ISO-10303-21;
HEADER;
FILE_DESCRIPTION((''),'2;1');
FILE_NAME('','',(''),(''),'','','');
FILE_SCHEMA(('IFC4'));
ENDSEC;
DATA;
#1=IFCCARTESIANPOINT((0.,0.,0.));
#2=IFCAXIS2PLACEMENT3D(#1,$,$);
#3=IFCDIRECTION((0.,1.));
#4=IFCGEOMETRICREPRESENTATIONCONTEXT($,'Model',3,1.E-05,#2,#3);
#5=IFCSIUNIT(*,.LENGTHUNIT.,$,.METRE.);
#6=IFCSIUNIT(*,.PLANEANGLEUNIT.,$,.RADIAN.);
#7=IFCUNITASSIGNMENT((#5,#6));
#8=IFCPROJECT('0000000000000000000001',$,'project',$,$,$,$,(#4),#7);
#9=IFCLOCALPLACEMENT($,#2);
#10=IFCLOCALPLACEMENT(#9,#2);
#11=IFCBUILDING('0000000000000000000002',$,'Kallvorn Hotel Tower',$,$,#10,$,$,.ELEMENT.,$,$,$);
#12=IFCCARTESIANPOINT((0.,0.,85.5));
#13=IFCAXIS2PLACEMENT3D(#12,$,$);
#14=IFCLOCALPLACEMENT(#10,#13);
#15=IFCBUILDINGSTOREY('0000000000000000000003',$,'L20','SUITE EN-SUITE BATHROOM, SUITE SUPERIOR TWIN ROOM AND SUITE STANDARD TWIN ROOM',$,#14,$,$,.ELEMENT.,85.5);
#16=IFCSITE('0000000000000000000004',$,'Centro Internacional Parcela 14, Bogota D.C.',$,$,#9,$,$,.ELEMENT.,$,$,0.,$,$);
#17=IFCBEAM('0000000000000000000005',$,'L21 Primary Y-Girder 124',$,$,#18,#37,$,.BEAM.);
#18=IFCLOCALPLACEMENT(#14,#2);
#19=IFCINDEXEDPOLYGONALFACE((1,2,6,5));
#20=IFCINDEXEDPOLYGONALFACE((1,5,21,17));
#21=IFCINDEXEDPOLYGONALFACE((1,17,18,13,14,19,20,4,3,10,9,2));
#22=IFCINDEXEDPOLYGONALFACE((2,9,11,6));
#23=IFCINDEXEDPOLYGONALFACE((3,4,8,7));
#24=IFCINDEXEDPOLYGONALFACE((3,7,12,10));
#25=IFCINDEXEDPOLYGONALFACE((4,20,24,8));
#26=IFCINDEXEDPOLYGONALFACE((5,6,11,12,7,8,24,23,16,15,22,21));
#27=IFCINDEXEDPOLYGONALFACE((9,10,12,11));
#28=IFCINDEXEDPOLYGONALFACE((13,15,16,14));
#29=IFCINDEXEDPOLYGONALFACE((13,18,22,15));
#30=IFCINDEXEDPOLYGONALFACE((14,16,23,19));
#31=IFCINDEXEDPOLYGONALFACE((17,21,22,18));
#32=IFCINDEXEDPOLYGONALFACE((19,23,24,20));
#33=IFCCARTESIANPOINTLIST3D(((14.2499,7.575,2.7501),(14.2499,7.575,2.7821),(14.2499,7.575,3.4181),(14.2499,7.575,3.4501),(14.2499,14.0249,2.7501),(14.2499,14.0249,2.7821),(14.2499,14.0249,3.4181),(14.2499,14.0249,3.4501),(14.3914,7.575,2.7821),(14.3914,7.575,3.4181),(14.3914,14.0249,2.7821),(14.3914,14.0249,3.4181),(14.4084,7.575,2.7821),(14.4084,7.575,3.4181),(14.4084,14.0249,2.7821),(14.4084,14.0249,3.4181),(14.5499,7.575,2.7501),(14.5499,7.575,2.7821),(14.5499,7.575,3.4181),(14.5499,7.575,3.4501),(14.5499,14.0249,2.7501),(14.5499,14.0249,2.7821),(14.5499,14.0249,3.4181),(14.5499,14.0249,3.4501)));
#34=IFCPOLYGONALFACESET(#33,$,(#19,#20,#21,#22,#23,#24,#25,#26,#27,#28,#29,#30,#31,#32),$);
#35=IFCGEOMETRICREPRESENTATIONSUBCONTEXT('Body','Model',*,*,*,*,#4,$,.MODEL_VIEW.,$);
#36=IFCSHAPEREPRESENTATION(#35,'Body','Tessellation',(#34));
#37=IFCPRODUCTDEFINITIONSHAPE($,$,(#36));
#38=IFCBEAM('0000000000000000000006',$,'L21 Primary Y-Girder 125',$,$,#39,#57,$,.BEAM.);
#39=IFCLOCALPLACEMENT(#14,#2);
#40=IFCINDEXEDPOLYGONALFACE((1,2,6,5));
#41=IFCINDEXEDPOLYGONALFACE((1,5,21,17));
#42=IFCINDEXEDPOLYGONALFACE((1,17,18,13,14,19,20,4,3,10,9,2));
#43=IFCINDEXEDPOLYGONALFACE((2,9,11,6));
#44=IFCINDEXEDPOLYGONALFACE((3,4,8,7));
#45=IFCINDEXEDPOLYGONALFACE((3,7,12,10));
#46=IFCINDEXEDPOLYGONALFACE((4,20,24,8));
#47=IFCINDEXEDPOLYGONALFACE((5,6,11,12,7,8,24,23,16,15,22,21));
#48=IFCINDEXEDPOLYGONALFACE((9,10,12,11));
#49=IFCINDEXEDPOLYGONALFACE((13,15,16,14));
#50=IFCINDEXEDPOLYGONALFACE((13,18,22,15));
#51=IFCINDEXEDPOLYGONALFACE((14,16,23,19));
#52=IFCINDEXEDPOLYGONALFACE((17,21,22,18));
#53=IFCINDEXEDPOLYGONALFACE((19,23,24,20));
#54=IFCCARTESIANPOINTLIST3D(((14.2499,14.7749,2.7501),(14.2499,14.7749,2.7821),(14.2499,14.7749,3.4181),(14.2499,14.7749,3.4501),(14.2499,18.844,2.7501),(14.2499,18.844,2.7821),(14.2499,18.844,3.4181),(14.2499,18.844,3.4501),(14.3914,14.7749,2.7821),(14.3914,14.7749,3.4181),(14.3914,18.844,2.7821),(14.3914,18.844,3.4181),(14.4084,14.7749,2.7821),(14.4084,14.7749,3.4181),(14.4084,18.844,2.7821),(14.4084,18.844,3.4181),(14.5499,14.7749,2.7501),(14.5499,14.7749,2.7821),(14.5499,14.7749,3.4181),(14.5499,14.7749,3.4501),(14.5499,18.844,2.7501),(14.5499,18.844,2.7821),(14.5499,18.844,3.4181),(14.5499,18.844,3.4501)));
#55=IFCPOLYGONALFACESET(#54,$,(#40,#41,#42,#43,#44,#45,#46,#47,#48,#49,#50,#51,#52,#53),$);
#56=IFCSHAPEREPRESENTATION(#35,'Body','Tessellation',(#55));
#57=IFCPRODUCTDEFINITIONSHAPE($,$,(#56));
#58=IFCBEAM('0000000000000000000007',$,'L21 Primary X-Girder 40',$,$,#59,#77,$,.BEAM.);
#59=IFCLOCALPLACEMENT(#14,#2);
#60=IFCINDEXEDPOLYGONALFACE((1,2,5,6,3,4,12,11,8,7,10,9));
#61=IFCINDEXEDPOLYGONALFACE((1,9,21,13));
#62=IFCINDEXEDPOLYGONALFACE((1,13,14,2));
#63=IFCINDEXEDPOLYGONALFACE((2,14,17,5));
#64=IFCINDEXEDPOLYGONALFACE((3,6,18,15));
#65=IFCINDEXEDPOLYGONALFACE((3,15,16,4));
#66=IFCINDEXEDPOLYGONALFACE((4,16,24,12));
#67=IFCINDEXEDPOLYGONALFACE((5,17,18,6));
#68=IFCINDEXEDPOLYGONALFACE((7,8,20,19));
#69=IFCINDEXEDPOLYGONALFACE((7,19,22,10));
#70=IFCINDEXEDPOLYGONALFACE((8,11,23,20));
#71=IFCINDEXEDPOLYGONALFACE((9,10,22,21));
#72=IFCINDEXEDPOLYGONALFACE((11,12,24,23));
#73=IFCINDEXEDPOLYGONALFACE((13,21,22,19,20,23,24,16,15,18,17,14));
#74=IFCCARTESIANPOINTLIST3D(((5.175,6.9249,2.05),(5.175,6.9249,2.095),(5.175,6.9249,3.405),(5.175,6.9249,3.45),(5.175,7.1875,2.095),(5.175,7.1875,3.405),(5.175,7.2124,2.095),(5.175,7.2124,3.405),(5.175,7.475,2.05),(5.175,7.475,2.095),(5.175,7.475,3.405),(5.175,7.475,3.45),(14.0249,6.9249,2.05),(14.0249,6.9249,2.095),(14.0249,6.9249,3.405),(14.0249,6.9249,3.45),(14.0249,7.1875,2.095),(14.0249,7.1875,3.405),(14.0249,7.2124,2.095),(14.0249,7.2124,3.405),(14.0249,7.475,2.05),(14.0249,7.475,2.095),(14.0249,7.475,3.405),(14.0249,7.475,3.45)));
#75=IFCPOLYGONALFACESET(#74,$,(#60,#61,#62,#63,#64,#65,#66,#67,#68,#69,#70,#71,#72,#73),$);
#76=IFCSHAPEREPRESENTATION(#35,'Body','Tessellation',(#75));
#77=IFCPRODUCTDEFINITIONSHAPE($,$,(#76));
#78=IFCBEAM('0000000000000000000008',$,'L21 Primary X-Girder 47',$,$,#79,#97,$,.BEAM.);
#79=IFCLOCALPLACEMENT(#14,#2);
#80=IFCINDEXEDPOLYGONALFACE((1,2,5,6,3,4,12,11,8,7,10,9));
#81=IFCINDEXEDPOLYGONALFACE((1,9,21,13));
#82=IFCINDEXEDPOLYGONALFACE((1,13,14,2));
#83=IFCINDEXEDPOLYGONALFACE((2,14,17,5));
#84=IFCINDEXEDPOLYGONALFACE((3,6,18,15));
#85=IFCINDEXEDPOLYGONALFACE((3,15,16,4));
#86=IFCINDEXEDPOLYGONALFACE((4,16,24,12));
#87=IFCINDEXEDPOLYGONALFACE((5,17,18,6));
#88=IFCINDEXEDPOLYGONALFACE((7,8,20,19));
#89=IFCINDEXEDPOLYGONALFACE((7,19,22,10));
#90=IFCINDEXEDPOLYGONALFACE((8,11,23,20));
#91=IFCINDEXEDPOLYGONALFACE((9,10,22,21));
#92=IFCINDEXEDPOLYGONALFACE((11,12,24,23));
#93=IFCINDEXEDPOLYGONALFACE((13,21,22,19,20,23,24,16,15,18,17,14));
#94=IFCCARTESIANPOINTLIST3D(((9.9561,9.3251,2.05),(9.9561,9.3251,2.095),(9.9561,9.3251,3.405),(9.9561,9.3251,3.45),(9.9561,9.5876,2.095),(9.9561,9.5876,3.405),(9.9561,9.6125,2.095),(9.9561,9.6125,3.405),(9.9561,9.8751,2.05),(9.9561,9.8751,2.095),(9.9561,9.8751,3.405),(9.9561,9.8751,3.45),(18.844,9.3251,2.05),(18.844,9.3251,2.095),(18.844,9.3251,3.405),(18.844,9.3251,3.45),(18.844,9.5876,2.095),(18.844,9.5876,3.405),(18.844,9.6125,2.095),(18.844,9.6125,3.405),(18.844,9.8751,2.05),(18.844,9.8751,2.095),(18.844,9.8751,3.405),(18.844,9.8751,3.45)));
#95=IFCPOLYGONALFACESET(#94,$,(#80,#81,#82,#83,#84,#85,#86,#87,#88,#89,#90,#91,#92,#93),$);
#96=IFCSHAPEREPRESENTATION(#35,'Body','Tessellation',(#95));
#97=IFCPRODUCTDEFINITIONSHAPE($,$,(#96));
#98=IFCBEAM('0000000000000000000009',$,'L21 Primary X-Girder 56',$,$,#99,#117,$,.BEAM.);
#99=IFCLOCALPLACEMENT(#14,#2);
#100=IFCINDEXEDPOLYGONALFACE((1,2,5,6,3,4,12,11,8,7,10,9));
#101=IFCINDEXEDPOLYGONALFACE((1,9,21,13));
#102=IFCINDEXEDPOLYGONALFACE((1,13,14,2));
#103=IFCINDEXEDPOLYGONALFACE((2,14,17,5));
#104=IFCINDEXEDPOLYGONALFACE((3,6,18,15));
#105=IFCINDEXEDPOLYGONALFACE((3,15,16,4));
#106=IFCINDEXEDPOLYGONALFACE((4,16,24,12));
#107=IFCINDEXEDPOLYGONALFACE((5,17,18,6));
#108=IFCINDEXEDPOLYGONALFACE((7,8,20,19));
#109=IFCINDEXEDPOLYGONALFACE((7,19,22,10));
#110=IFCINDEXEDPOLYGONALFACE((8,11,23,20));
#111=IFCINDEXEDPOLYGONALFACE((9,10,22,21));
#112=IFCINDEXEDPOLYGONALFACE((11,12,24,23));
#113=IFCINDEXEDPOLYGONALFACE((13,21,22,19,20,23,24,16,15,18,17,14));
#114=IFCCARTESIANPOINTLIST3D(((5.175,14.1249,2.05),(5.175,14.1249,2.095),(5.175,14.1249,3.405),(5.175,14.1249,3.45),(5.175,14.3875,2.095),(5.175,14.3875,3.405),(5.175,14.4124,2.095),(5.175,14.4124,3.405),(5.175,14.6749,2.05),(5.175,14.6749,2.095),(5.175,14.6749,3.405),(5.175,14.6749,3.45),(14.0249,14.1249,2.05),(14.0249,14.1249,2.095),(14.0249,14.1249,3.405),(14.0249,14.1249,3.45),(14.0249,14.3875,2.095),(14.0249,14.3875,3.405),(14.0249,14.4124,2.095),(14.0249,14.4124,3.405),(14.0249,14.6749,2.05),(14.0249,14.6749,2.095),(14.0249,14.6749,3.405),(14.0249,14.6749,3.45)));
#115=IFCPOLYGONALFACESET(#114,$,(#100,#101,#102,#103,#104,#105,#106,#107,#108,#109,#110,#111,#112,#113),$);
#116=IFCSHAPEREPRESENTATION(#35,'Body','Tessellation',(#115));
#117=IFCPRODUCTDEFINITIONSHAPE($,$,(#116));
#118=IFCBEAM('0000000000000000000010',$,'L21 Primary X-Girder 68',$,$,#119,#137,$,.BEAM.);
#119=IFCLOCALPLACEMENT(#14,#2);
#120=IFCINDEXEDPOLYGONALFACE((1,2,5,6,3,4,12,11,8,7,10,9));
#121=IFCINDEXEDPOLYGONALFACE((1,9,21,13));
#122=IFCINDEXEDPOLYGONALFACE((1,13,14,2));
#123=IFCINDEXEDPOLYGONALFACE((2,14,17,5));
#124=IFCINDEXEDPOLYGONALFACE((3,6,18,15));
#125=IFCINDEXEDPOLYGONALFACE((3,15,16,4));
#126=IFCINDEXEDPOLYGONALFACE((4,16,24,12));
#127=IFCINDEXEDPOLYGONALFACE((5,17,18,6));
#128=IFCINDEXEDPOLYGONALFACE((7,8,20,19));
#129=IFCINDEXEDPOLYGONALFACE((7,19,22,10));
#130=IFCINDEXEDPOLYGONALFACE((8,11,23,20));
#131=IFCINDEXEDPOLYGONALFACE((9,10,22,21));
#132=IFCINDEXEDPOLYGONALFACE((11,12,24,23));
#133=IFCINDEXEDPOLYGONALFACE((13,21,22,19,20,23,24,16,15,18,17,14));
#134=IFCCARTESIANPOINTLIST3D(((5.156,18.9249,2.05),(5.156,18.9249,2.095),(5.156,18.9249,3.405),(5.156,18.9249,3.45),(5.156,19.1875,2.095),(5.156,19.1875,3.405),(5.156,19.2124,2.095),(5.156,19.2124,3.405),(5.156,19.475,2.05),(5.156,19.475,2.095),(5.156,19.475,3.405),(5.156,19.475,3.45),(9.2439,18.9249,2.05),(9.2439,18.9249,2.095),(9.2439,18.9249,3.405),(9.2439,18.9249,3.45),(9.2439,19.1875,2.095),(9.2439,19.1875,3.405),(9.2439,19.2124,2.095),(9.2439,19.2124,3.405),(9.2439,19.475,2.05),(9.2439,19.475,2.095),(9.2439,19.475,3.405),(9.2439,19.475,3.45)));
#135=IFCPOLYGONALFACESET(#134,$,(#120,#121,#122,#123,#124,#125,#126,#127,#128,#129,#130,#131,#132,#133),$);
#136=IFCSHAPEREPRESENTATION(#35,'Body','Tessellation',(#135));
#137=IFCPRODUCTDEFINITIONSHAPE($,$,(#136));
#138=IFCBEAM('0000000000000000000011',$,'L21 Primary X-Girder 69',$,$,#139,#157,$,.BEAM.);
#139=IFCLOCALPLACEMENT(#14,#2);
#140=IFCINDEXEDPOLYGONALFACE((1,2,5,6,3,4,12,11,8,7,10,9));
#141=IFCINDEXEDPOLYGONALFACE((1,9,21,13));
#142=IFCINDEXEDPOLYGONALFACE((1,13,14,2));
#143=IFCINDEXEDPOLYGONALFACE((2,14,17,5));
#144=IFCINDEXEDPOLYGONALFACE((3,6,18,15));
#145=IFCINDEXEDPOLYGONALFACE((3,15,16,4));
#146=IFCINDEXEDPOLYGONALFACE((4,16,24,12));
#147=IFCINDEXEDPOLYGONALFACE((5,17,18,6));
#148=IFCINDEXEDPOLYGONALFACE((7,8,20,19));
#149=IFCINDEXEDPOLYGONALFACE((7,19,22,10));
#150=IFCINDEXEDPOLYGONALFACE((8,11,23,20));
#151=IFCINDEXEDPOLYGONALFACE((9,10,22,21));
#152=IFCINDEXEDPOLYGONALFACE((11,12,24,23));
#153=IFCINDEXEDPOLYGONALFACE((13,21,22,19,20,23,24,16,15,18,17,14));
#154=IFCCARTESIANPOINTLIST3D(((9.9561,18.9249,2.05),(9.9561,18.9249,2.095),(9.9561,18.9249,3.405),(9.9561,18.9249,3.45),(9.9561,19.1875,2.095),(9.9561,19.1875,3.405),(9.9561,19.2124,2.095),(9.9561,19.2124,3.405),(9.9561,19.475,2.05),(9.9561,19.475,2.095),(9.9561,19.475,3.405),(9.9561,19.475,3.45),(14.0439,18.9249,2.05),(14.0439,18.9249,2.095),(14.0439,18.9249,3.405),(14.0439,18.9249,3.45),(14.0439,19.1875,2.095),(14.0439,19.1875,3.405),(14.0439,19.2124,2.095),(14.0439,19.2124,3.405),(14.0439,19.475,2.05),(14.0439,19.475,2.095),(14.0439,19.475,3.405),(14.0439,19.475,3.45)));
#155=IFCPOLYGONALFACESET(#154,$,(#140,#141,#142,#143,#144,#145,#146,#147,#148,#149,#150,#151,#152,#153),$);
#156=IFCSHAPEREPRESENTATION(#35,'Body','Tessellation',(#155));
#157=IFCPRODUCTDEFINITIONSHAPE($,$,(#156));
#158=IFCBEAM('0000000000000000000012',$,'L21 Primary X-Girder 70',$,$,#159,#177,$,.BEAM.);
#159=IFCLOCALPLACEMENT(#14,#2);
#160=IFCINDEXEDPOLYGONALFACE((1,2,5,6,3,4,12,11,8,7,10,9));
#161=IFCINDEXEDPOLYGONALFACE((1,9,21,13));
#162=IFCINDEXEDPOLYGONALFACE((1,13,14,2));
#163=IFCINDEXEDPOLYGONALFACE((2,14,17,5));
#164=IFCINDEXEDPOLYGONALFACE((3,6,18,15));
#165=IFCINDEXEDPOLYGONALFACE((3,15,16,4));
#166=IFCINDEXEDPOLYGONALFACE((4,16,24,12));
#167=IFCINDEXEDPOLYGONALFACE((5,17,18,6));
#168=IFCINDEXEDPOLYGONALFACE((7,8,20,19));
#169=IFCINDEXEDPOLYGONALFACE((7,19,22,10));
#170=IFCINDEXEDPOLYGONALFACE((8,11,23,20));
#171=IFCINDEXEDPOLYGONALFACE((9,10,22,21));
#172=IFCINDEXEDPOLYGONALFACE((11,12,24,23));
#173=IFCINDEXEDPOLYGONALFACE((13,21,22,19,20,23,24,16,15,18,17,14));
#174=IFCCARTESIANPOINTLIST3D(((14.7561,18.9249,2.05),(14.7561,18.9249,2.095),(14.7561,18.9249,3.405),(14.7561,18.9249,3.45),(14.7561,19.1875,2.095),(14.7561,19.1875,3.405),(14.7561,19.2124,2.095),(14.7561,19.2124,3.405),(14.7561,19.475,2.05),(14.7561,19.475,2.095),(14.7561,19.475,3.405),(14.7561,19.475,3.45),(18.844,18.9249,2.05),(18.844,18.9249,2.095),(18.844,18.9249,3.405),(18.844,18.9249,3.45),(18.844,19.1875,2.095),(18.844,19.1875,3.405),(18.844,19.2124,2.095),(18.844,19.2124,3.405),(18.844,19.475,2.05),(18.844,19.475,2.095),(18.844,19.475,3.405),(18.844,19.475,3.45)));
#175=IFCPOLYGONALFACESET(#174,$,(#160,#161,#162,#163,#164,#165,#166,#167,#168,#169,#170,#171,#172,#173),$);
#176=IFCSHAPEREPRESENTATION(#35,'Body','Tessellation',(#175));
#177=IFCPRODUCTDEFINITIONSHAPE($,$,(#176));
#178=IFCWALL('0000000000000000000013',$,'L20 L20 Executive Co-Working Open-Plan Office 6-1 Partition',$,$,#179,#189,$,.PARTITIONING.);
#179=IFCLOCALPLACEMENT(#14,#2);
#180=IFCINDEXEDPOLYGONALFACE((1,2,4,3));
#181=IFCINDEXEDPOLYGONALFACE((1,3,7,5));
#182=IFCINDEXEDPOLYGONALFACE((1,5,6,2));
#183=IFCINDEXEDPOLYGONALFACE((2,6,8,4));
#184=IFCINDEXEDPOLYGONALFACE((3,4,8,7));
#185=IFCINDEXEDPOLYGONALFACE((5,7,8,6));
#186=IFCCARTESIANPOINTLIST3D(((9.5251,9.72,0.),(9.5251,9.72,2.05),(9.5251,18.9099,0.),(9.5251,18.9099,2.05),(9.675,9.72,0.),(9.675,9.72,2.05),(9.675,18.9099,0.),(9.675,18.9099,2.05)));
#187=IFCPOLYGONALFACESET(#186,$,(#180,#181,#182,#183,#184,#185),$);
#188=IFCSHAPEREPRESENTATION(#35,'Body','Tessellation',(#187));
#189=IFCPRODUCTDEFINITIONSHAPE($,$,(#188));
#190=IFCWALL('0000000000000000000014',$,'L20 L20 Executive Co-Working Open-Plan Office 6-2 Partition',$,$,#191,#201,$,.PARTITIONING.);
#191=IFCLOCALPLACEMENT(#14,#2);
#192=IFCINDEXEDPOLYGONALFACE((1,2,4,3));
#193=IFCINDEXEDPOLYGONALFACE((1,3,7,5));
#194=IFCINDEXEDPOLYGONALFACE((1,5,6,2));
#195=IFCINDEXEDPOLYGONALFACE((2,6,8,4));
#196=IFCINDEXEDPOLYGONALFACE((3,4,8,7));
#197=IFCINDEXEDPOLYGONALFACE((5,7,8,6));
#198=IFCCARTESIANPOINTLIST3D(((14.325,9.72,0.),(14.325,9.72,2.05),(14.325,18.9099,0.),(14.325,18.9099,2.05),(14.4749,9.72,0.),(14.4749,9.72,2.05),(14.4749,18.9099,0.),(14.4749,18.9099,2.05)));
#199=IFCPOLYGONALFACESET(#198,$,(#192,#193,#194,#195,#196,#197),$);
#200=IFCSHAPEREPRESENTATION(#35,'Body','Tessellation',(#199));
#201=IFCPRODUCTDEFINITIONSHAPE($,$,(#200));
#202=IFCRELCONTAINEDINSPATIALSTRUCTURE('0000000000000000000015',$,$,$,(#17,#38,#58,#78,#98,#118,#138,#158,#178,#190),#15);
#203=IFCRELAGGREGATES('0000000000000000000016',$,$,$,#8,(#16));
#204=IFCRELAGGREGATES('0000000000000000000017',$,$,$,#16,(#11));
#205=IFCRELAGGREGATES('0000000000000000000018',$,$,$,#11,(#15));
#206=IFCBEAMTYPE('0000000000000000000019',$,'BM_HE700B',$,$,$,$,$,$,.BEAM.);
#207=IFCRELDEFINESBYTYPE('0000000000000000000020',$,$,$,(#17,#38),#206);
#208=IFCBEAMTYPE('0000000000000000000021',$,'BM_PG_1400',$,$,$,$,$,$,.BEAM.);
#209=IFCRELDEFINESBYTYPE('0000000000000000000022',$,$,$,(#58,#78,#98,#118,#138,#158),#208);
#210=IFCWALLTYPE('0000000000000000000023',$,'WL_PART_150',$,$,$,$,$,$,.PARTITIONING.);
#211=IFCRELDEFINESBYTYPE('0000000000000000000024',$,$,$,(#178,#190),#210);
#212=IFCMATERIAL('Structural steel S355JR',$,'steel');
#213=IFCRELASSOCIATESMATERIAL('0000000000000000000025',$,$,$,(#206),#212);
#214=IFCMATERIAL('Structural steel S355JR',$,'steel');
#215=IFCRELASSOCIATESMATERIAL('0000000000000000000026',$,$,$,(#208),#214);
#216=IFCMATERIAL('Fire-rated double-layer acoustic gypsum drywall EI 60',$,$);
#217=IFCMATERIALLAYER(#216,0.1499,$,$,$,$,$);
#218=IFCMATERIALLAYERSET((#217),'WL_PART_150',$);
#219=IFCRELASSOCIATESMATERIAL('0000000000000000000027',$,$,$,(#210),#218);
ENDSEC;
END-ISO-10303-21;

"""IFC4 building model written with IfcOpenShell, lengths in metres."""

from ifc_helpers import new_model, si_unit, direction, frame, frame_2d, origin, origin_2d, place, context, subcontext, project, spatial, rectangle, i_section, extrude, material, layer, layer_set, material_profile, profile_set, type_object, element, save


model = new_model("IFC4")

# Units and contexts
model_context = context("Model", 3, precision=1e-05, world=origin(), true_north=direction((0.0, 1.0)))
body_context = subcontext(model_context, "Body", "Model", "MODEL_VIEW")
ifc_project = project(units=[si_unit("LENGTHUNIT", "METRE"), si_unit("PLANEANGLEUNIT", "RADIAN")], contexts=[model_context])

# Site, building, storey
site_placement = place(None, origin())
site = spatial("IfcSite", under=ifc_project, at=site_placement, Name="Centro Internacional Parcela 14, Bogota D.C.", CompositionType="ELEMENT", RefElevation=0.0)
building_placement = place(site_placement, origin())
building = spatial("IfcBuilding", under=site, at=building_placement, Name="Kallvorn Hotel Tower", CompositionType="ELEMENT")
storey_placement = place(building_placement, frame((0.0, 0.0, 85.5)))
storey = spatial("IfcBuildingStorey", under=building, at=storey_placement, Name="L20", Description="SUITE EN-SUITE BATHROOM, SUITE SUPERIOR TWIN ROOM AND SUITE STANDARD TWIN ROOM", CompositionType="ELEMENT", Elevation=85.5)

# Beams
ifc_material_1 = material(Name="Structural steel S355JR", Category="steel")
ifc_material_profile_1 = material_profile(ifc_material_1, i_section(OverallWidth=0.3, OverallDepth=0.7, WebThickness=0.0171, FlangeThickness=0.032, at=origin_2d()), Name="HE 700 B")
ifc_profile_set_1 = profile_set([ifc_material_profile_1], Name="Structural steel S355JR")
beam_type_1 = type_object("IfcBeamType", Name="BM_HE700B", PredefinedType="BEAM", material=ifc_profile_set_1)
beam_1_placement = place(storey_placement, frame((14.3999, 7.575, 3.1001), z_axis=(0.0, 1.0, 0.0), x_axis=(-1.0, 0.0, 0.0)))
element("IfcBeam", 1, at=beam_1_placement, inside=storey, type_object=beam_type_1, Name="L21 Primary Y-Girder 124", PredefinedType="BEAM", context=body_context, shape_type="SweptSolid", body=[
    extrude(i_section(OverallWidth=0.3, OverallDepth=0.7, WebThickness=0.0171, FlangeThickness=0.032, at=origin_2d()), origin(), (0.0, 0.0, 1.0), 6.45),
])
beam_2_placement = place(storey_placement, frame((14.3999, 14.7749, 3.1001), z_axis=(0.0, 1.0, 0.0), x_axis=(-1.0, 0.0, 0.0)))
element("IfcBeam", 2, at=beam_2_placement, inside=storey, type_object=beam_type_1, Name="L21 Primary Y-Girder 125", PredefinedType="BEAM", context=body_context, shape_type="SweptSolid", body=[
    extrude(i_section(OverallWidth=0.3, OverallDepth=0.7, WebThickness=0.0171, FlangeThickness=0.032, at=origin_2d()), origin(), (0.0, 0.0, 1.0), 4.0691),
])
ifc_material_2 = material(Name="Structural steel S355JR", Category="steel")
ifc_material_profile_2 = material_profile(ifc_material_2, i_section(OverallWidth=0.55, OverallDepth=1.3999, WebThickness=0.0249, FlangeThickness=0.0449, at=origin_2d()), Name="PG 1400x550x25x45")
ifc_profile_set_2 = profile_set([ifc_material_profile_2], Name="Structural steel S355JR")
beam_type_2 = type_object("IfcBeamType", Name="BM_PG_1400", PredefinedType="BEAM", material=ifc_profile_set_2)
beam_3_placement = place(storey_placement, frame((5.175, 7.2, 2.75), z_axis=(1.0, 0.0, 0.0), x_axis=(0.0, 1.0, 0.0)))
element("IfcBeam", 3, at=beam_3_placement, inside=storey, type_object=beam_type_2, Name="L21 Primary X-Girder 40", PredefinedType="BEAM", context=body_context, shape_type="SweptSolid", body=[
    extrude(i_section(OverallWidth=0.55, OverallDepth=1.3999, WebThickness=0.0249, FlangeThickness=0.0449, at=origin_2d()), origin(), (0.0, 0.0, 1.0), 8.8499),
])
beam_4_placement = place(storey_placement, frame((9.9561, 9.6001, 2.75), z_axis=(1.0, 0.0, 0.0), x_axis=(0.0, 1.0, 0.0)))
element("IfcBeam", 4, at=beam_4_placement, inside=storey, type_object=beam_type_2, Name="L21 Primary X-Girder 47", PredefinedType="BEAM", context=body_context, shape_type="SweptSolid", body=[
    extrude(i_section(OverallWidth=0.55, OverallDepth=1.3999, WebThickness=0.0249, FlangeThickness=0.0449, at=origin_2d()), origin(), (0.0, 0.0, 1.0), 8.8879),
])
beam_5_placement = place(storey_placement, frame((5.175, 14.3999, 2.75), z_axis=(1.0, 0.0, 0.0), x_axis=(0.0, 1.0, 0.0)))
element("IfcBeam", 5, at=beam_5_placement, inside=storey, type_object=beam_type_2, Name="L21 Primary X-Girder 56", PredefinedType="BEAM", context=body_context, shape_type="SweptSolid", body=[
    extrude(i_section(OverallWidth=0.55, OverallDepth=1.3999, WebThickness=0.0249, FlangeThickness=0.0449, at=origin_2d()), origin(), (0.0, 0.0, 1.0), 8.8499),
])
for number, where, z_axis, x_axis, name in (
    (6, (5.156, 19.2, 2.75), (1.0, 0.0, 0.0), (0.0, 1.0, 0.0), "L21 Primary X-Girder 68"),
    (7, (9.9561, 19.2, 2.75), (1.0, 0.0, 0.0), (0.0, 1.0, 0.0), "L21 Primary X-Girder 69"),
    (8, (14.7561, 19.2, 2.75), (1.0, 0.0, 0.0), (0.0, 1.0, 0.0), "L21 Primary X-Girder 70"),
):
    element("IfcBeam", number, at=place(storey_placement, frame(where, z_axis=z_axis, x_axis=x_axis)), inside=storey, type_object=beam_type_2, Name=name, PredefinedType="BEAM", context=body_context, shape_type="SweptSolid", body=[
        extrude(i_section(OverallWidth=0.55, OverallDepth=1.3999, WebThickness=0.0249, FlangeThickness=0.0449, at=origin_2d()), origin(), (0.0, 0.0, 1.0), 4.0879),
    ])

# Walls
ifc_material_3 = material(Name="Fire-rated double-layer acoustic gypsum drywall EI 60")
ifc_layer = layer(ifc_material_3, 0.1499)
ifc_layer_set = layer_set([ifc_layer], Name="WL_PART_150")
wall_type = type_object("IfcWallType", Name="WL_PART_150", PredefinedType="PARTITIONING", material=ifc_layer_set)
for number, where, z_axis, x_axis, name in (
    (9, (9.6001, 9.72, 0.0), (0.0, 0.0, 1.0), (0.0, 1.0, 0.0), "L20 L20 Executive Co-Working Open-Plan Office 6-1 Partition"),
    (10, (14.3999, 9.72, 0.0), (0.0, 0.0, 1.0), (0.0, 1.0, 0.0), "L20 L20 Executive Co-Working Open-Plan Office 6-2 Partition"),
):
    element("IfcWall", number, at=place(storey_placement, frame(where, z_axis=z_axis, x_axis=x_axis)), inside=storey, type_object=wall_type, Name=name, PredefinedType="PARTITIONING", context=body_context, shape_type="SweptSolid", body=[
        extrude(rectangle(XDim=9.1899, YDim=0.1499, at=frame_2d((4.595, 0.0))), origin(), (0.0, 0.0, 1.0), 2.05),
    ])

save(model, "model.ifc")
